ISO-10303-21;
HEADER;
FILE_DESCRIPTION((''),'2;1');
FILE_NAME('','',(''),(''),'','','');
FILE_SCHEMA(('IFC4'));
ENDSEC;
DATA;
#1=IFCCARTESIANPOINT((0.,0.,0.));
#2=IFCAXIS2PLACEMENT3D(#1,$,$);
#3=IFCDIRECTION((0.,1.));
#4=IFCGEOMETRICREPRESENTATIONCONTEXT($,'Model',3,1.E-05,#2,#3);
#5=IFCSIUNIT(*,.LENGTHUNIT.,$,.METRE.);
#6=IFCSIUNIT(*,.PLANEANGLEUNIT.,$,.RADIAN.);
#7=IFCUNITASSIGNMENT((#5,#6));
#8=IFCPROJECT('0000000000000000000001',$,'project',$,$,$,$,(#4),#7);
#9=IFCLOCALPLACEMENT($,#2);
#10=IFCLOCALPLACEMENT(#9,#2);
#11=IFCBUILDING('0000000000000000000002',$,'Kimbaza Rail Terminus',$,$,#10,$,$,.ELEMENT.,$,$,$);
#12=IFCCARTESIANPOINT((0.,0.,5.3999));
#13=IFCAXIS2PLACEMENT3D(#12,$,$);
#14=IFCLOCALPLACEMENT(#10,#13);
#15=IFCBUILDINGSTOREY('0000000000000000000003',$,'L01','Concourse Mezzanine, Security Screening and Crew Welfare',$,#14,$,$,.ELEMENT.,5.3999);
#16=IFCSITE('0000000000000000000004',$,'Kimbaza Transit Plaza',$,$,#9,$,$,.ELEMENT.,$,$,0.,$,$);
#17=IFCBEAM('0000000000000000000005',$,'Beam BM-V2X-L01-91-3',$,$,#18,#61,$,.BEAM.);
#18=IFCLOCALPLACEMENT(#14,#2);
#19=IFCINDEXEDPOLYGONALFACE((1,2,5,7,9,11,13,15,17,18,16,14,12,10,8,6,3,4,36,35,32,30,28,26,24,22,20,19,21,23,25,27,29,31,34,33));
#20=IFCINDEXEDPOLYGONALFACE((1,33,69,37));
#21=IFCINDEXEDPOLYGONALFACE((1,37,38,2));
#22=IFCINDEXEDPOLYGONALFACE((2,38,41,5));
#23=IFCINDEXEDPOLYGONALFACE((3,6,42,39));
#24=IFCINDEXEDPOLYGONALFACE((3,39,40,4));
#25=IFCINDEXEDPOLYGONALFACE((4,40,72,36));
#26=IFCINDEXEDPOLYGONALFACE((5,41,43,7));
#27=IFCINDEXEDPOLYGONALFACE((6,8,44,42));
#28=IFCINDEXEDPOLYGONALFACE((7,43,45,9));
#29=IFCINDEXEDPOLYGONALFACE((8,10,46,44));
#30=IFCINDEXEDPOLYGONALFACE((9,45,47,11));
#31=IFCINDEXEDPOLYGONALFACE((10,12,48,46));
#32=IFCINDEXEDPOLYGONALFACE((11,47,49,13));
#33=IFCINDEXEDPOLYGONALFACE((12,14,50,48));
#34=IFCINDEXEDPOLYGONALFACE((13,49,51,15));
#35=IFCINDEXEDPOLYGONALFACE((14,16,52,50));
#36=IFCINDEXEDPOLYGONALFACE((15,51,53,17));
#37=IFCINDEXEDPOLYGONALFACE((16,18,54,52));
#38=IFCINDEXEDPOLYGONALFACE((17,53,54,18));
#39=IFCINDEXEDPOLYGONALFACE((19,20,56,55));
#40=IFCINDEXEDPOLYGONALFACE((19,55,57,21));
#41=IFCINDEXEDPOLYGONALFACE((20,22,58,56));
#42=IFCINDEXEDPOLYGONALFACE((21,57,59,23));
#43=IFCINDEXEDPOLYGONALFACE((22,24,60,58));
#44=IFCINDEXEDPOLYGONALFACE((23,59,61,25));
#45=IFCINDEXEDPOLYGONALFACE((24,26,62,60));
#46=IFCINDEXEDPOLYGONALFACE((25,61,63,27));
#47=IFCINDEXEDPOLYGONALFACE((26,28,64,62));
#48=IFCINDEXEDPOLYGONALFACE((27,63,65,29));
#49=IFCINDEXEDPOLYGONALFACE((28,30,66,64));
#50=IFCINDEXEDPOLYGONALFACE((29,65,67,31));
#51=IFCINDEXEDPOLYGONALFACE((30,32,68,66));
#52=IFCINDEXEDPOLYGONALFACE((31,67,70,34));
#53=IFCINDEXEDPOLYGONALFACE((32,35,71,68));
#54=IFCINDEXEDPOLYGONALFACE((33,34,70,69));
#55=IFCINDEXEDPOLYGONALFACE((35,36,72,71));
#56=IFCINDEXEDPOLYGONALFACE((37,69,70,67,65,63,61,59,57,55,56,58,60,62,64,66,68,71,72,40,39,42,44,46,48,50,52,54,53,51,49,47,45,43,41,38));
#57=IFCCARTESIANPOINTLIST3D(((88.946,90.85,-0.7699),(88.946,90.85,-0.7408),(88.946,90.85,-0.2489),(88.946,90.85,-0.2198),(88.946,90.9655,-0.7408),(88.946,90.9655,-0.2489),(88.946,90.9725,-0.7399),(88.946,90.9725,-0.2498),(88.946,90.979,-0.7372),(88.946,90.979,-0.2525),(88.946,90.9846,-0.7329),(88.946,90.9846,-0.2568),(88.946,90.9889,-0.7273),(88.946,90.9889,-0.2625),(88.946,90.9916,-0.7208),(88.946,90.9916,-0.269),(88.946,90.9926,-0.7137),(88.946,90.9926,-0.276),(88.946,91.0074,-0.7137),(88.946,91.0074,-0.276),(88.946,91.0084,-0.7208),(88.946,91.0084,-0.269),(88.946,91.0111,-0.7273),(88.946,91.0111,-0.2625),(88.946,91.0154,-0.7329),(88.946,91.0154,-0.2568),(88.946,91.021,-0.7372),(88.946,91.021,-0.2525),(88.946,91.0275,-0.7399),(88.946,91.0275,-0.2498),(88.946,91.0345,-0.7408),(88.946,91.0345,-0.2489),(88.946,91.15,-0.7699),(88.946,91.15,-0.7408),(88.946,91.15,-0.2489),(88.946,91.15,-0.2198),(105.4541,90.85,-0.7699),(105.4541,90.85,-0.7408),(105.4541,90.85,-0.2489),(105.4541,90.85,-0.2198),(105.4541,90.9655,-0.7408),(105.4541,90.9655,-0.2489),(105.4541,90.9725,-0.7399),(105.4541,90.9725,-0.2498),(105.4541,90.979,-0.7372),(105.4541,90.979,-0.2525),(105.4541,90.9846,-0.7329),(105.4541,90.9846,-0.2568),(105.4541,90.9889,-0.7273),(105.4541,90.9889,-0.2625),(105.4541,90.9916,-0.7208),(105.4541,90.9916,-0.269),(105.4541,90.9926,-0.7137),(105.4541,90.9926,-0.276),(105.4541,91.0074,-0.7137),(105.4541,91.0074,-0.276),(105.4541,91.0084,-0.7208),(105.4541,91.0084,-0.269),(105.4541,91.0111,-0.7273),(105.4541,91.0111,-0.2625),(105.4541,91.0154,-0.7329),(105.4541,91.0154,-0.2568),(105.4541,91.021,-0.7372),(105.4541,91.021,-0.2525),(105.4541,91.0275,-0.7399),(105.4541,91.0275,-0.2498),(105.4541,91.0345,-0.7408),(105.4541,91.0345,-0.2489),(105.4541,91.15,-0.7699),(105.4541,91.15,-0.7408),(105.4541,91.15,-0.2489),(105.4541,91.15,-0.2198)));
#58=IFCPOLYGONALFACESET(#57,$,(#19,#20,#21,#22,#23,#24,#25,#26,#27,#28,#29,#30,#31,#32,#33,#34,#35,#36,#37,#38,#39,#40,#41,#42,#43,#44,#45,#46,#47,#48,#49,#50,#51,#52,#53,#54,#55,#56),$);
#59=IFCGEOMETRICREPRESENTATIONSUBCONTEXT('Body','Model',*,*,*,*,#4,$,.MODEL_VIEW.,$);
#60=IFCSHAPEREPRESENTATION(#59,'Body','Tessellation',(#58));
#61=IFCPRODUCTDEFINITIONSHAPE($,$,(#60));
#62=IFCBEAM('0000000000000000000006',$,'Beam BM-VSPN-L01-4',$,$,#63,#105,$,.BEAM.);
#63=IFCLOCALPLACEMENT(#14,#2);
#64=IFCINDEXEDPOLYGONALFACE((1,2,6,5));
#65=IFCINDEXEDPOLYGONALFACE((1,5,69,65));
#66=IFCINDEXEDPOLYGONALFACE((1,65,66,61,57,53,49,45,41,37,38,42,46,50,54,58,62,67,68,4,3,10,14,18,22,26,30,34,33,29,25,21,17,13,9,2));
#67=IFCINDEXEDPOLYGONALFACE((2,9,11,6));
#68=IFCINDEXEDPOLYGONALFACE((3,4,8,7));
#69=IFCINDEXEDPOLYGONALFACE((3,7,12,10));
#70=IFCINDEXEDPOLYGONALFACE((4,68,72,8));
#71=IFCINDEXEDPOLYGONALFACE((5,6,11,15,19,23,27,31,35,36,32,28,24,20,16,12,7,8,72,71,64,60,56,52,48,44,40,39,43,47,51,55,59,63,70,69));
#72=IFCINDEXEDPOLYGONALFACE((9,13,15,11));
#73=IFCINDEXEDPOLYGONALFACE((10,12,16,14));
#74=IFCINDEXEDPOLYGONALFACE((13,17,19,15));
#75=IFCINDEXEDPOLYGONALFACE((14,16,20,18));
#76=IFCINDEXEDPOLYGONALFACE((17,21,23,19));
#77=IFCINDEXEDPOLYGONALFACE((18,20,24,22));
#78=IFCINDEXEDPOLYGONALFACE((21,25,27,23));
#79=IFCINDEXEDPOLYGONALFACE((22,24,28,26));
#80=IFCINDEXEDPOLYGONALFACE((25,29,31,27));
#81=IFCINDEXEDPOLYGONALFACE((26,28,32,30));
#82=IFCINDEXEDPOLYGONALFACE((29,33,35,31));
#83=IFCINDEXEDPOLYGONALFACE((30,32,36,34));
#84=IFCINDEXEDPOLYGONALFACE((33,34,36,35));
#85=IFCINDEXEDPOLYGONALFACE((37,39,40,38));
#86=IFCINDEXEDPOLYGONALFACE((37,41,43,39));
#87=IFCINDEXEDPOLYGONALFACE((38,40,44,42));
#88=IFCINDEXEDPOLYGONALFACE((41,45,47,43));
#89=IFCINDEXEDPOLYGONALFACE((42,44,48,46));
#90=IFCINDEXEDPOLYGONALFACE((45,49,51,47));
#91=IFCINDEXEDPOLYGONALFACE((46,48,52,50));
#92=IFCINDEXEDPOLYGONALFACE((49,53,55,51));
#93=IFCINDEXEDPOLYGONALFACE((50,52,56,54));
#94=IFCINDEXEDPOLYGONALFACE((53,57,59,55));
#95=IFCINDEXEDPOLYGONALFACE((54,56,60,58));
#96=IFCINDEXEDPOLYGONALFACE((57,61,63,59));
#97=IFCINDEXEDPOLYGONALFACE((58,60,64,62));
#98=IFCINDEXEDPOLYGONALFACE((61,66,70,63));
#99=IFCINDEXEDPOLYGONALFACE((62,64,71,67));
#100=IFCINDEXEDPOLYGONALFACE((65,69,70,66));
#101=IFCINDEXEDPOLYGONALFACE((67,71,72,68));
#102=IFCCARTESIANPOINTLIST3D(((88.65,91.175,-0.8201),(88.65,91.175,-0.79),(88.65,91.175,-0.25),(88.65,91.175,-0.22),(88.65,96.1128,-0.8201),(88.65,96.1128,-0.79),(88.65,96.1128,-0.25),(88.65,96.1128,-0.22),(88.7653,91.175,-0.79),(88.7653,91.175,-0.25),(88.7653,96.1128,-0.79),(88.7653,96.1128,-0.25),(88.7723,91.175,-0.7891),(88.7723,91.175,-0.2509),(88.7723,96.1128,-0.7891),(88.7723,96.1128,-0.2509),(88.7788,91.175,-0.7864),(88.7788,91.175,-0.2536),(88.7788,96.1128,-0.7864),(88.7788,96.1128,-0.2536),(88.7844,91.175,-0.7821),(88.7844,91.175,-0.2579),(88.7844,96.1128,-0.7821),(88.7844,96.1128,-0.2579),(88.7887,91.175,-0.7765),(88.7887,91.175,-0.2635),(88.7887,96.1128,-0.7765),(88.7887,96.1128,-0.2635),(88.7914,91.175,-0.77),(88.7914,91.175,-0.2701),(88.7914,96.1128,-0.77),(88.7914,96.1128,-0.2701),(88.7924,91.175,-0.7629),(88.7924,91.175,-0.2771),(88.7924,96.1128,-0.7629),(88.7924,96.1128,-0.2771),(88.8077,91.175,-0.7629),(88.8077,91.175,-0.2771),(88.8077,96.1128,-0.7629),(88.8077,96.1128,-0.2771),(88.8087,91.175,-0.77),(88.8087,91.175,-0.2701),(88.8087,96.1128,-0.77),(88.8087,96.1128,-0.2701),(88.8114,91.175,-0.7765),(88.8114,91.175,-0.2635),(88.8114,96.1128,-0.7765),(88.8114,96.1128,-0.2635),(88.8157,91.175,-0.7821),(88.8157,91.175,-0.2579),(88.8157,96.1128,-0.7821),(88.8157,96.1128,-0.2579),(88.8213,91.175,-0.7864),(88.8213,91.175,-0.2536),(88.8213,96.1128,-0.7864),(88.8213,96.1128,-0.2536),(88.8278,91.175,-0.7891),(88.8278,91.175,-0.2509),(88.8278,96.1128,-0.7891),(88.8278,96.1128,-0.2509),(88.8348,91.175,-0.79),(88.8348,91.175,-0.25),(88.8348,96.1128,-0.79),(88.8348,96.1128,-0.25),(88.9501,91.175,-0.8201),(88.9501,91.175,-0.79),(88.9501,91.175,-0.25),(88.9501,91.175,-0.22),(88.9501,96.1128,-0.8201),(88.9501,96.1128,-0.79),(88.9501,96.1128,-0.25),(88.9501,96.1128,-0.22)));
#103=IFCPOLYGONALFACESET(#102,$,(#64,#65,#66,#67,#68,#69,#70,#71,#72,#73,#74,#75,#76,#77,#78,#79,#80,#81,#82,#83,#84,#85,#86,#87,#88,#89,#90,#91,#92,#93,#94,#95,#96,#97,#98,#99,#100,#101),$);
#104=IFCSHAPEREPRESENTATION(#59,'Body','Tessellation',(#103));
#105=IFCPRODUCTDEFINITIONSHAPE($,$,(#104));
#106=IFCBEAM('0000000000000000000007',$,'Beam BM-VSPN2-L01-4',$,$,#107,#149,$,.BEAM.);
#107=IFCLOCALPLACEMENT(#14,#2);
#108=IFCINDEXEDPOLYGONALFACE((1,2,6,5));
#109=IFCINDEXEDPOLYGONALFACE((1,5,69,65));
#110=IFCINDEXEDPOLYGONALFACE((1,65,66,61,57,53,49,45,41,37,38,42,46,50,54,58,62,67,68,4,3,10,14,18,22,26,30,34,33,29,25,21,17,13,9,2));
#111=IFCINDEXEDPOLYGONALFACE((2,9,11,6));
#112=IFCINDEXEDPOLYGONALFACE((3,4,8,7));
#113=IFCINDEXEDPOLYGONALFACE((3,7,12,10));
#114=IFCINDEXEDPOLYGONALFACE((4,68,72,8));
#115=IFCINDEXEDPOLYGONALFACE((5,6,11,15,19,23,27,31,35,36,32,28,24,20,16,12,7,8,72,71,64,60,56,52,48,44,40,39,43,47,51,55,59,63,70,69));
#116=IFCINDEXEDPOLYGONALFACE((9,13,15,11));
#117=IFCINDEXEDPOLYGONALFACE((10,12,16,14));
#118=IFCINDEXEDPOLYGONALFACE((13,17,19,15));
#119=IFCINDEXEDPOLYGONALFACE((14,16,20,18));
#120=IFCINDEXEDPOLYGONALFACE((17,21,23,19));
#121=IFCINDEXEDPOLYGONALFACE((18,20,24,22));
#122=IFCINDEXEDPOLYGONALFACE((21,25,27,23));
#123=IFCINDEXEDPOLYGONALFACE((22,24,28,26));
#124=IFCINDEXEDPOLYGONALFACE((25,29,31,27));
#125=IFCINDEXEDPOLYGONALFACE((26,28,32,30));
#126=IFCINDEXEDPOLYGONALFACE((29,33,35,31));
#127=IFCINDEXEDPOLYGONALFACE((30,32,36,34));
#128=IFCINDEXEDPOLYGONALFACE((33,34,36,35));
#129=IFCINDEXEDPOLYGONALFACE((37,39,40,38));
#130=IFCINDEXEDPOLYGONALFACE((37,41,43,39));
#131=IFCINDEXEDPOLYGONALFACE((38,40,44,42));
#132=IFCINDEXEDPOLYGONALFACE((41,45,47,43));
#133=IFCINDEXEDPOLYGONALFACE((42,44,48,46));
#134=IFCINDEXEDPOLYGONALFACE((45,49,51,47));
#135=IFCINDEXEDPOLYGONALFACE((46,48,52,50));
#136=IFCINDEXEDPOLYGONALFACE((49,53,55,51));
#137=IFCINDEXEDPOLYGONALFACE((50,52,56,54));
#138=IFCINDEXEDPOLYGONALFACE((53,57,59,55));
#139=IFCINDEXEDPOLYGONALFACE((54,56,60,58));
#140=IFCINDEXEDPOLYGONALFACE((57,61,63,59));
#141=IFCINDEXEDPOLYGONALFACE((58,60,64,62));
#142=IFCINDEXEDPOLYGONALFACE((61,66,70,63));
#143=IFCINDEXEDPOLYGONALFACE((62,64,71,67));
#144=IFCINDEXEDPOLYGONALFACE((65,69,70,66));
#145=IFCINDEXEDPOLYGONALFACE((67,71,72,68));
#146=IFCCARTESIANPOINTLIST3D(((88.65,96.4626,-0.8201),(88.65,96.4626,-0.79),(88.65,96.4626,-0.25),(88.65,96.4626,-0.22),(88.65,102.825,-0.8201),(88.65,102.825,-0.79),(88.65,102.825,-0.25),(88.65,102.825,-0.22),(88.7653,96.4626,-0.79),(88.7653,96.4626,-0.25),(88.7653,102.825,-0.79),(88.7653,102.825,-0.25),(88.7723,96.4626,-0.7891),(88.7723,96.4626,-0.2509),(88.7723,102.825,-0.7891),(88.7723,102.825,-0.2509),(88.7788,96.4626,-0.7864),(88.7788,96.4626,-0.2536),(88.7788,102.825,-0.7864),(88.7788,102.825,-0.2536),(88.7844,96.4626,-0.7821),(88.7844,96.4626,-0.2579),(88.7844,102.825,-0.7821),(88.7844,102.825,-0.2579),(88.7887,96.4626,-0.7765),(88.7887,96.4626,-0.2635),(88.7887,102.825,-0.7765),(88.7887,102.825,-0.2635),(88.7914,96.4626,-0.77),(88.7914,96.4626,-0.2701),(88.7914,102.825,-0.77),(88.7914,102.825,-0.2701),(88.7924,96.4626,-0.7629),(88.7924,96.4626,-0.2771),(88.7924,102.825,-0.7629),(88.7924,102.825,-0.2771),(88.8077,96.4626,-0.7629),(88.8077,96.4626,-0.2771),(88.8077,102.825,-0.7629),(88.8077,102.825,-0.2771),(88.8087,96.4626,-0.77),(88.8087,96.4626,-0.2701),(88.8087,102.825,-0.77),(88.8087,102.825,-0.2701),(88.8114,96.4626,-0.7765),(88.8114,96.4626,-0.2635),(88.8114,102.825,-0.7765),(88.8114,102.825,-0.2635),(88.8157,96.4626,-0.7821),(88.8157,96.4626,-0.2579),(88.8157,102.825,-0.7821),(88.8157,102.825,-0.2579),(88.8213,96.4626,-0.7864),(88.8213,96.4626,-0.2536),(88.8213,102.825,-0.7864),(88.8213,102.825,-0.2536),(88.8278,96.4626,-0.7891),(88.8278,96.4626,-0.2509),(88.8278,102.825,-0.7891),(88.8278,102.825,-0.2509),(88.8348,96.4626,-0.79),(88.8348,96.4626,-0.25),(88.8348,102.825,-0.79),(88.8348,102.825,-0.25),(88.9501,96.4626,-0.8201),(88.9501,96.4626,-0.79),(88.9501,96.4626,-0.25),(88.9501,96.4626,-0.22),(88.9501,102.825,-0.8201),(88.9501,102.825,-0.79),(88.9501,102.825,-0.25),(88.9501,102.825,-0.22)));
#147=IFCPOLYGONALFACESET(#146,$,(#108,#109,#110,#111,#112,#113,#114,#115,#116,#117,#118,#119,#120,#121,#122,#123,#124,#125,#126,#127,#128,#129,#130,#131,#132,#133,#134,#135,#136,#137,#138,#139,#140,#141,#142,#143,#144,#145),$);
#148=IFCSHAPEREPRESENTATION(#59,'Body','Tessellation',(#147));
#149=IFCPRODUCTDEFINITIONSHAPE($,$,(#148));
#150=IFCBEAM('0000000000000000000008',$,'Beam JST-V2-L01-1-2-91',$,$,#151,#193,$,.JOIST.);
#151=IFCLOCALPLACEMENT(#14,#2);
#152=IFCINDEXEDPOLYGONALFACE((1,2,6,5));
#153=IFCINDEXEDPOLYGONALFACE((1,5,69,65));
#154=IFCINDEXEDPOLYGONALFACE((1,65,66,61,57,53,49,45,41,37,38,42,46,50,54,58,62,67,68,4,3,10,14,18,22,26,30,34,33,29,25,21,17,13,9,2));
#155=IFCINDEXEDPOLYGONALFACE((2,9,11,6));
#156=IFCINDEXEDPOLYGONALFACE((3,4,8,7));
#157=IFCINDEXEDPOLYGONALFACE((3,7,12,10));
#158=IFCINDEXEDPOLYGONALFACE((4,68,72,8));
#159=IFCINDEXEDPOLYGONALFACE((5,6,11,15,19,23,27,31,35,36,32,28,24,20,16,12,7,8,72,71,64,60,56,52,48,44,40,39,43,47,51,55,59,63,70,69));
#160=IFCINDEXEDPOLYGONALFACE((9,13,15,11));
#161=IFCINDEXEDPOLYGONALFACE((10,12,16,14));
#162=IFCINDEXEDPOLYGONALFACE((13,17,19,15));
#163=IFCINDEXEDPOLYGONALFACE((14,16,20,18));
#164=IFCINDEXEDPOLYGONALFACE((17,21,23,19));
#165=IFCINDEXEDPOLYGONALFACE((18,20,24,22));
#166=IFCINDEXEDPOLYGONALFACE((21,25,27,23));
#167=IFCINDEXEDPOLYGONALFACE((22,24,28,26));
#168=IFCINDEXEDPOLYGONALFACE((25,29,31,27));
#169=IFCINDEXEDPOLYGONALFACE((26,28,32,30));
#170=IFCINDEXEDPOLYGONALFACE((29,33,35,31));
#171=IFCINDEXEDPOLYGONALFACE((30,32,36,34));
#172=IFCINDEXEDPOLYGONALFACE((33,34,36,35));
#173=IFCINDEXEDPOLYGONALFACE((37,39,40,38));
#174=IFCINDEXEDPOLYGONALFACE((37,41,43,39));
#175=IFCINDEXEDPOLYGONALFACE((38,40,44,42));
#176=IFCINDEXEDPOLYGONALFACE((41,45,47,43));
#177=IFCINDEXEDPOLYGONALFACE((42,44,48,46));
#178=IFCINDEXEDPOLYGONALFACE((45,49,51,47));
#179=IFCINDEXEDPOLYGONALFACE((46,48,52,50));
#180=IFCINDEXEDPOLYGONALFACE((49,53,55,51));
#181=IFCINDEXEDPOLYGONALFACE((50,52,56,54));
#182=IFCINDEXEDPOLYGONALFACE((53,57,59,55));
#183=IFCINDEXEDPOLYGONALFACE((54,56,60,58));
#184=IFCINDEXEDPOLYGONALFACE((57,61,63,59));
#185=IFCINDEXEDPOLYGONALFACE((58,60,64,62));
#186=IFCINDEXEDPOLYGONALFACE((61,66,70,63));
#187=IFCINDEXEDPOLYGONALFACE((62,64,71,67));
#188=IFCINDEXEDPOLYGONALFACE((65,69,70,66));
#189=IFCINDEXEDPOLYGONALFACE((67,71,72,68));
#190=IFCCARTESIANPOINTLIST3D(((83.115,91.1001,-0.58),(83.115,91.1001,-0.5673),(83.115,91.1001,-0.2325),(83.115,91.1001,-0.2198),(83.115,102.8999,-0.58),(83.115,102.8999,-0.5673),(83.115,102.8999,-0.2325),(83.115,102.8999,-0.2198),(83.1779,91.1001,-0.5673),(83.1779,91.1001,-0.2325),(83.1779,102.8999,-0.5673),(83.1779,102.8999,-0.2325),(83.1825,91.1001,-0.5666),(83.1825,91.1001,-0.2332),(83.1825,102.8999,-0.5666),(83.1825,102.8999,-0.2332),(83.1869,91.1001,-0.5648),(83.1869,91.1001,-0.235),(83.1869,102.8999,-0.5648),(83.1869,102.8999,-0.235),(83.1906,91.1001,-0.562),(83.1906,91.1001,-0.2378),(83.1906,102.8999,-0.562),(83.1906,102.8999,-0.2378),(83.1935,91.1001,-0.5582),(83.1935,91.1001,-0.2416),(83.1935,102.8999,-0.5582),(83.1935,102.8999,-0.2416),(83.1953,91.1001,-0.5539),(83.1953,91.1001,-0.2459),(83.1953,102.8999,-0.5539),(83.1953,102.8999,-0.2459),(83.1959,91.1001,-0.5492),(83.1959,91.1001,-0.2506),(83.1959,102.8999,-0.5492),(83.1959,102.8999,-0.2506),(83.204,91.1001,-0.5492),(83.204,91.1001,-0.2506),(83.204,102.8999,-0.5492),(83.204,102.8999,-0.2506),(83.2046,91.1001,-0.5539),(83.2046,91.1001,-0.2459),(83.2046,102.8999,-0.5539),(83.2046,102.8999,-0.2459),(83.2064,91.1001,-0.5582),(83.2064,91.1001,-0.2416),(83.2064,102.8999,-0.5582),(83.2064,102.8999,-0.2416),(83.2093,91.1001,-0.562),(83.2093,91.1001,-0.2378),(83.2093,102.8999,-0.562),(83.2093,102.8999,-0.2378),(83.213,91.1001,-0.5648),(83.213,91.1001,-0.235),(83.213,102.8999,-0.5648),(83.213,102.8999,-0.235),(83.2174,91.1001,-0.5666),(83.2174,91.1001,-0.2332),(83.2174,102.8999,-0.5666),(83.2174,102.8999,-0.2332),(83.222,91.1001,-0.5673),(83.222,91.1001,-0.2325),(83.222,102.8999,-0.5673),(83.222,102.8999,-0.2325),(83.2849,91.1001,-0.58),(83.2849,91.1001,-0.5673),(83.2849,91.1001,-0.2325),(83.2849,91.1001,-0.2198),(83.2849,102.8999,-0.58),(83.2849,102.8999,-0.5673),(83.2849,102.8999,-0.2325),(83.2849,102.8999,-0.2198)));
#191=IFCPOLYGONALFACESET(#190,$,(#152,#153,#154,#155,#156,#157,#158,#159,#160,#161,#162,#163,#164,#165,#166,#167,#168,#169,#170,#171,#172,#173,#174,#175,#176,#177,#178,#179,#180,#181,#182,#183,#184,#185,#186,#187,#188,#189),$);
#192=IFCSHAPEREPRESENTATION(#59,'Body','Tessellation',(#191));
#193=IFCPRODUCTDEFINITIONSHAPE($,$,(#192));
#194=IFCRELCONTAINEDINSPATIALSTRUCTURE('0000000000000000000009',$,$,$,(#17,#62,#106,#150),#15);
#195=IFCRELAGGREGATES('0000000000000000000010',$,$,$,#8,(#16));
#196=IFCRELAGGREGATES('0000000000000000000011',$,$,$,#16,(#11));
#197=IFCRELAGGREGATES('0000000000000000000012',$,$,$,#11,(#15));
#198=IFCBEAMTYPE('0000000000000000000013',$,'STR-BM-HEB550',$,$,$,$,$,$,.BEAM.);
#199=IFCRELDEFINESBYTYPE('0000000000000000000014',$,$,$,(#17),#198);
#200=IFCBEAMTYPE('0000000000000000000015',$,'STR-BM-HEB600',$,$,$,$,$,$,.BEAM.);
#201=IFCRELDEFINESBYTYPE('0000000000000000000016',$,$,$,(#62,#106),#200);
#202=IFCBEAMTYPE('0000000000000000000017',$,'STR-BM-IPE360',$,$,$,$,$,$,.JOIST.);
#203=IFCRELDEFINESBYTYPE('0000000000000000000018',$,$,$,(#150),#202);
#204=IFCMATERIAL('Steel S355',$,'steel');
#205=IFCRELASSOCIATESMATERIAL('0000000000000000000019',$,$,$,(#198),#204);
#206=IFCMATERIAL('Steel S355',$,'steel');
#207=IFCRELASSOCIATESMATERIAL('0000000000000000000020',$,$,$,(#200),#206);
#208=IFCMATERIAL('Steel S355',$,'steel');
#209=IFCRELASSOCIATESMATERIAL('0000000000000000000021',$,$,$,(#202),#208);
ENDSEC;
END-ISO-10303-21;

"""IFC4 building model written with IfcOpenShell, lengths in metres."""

from ifc_helpers import new_model, si_unit, direction, frame, origin, origin_2d, place, context, subcontext, project, spatial, i_section, extrude, material, material_profile, profile_set, type_object, element, save


model = new_model("IFC4")

# Units and contexts
model_context = context("Model", 3, precision=1e-05, world=origin(), true_north=direction((0.0, 1.0)))
body_context = subcontext(model_context, "Body", "Model", "MODEL_VIEW")
ifc_project = project(units=[si_unit("LENGTHUNIT", "METRE"), si_unit("PLANEANGLEUNIT", "RADIAN")], contexts=[model_context])

# Site, building, storey
site_placement = place(None, origin())
site = spatial("IfcSite", under=ifc_project, at=site_placement, Name="Kimbaza Transit Plaza", CompositionType="ELEMENT", RefElevation=0.0)
building_placement = place(site_placement, origin())
building = spatial("IfcBuilding", under=site, at=building_placement, Name="Kimbaza Rail Terminus", CompositionType="ELEMENT")
storey_placement = place(building_placement, frame((0.0, 0.0, 5.3999)))
storey = spatial("IfcBuildingStorey", under=building, at=storey_placement, Name="L01", Description="Concourse Mezzanine, Security Screening and Crew Welfare", CompositionType="ELEMENT", Elevation=5.3999)

# Beams
ifc_material_1 = material(Name="Steel S355", Category="steel")
ifc_material_profile_1 = material_profile(ifc_material_1, i_section(OverallWidth=0.3, OverallDepth=0.55, WebThickness=0.0149, FlangeThickness=0.0291, FilletRadius=0.0271, at=origin_2d()), Name="HEB 550")
ifc_profile_set_1 = profile_set([ifc_material_profile_1], Name="Steel S355")
beam_type_1 = type_object("IfcBeamType", Name="STR-BM-HEB550", PredefinedType="BEAM", material=ifc_profile_set_1)
beam_1_placement = place(storey_placement, frame((88.946, 91.0, -0.4949), z_axis=(1.0, 0.0, 0.0), x_axis=(0.0, 1.0, 0.0)))
element("IfcBeam", 1, at=beam_1_placement, inside=storey, type_object=beam_type_1, Name="Beam BM-V2X-L01-91-3", PredefinedType="BEAM", context=body_context, shape_type="SweptSolid", body=[
    extrude(i_section(OverallWidth=0.3, OverallDepth=0.55, WebThickness=0.0149, FlangeThickness=0.0291, FilletRadius=0.0271, at=origin_2d()), origin(), (0.0, 0.0, 1.0), 16.5081),
])
ifc_material_2 = material(Name="Steel S355", Category="steel")
ifc_material_profile_2 = material_profile(ifc_material_2, i_section(OverallWidth=0.3, OverallDepth=0.6001, WebThickness=0.0154, FlangeThickness=0.03, FilletRadius=0.0271, at=origin_2d()), Name="HEB 600")
ifc_profile_set_2 = profile_set([ifc_material_profile_2], Name="Steel S355")
beam_type_2 = type_object("IfcBeamType", Name="STR-BM-HEB600", PredefinedType="BEAM", material=ifc_profile_set_2)
beam_2_placement = place(storey_placement, frame((88.8, 91.175, -0.52), z_axis=(0.0, 1.0, 0.0), x_axis=(-1.0, 0.0, 0.0)))
element("IfcBeam", 2, at=beam_2_placement, inside=storey, type_object=beam_type_2, Name="Beam BM-VSPN-L01-4", PredefinedType="BEAM", context=body_context, shape_type="SweptSolid", body=[
    extrude(i_section(OverallWidth=0.3, OverallDepth=0.6001, WebThickness=0.0154, FlangeThickness=0.03, FilletRadius=0.0271, at=origin_2d()), origin(), (0.0, 0.0, 1.0), 4.9377),
])
beam_3_placement = place(storey_placement, frame((88.8, 96.4626, -0.52), z_axis=(0.0, 1.0, 0.0), x_axis=(-1.0, 0.0, 0.0)))
element("IfcBeam", 3, at=beam_3_placement, inside=storey, type_object=beam_type_2, Name="Beam BM-VSPN2-L01-4", PredefinedType="BEAM", context=body_context, shape_type="SweptSolid", body=[
    extrude(i_section(OverallWidth=0.3, OverallDepth=0.6001, WebThickness=0.0154, FlangeThickness=0.03, FilletRadius=0.0271, at=origin_2d()), origin(), (0.0, 0.0, 1.0), 6.3623),
])
ifc_material_3 = material(Name="Steel S355", Category="steel")
ifc_material_profile_3 = material_profile(ifc_material_3, i_section(OverallWidth=0.1699, OverallDepth=0.3601, WebThickness=0.0081, FlangeThickness=0.0127, FilletRadius=0.0181, at=origin_2d()), Name="IPE 360")
ifc_profile_set_3 = profile_set([ifc_material_profile_3], Name="Steel S355")
beam_type_3 = type_object("IfcBeamType", Name="STR-BM-IPE360", PredefinedType="JOIST", material=ifc_profile_set_3)
for number, where, z_axis, x_axis, name in (
    (4, (83.2, 91.1001, -0.3999), (0.0, 1.0, 0.0), (-1.0, 0.0, 0.0), "Beam JST-V2-L01-1-2-91"),
):
    element("IfcBeam", number, at=place(storey_placement, frame(where, z_axis=z_axis, x_axis=x_axis)), inside=storey, type_object=beam_type_3, Name=name, PredefinedType="JOIST", context=body_context, shape_type="SweptSolid", body=[
        extrude(i_section(OverallWidth=0.1699, OverallDepth=0.3601, WebThickness=0.0081, FlangeThickness=0.0127, FilletRadius=0.0181, at=origin_2d()), origin(), (0.0, 0.0, 1.0), 11.7998),
    ])

save(model, "model.ifc")
